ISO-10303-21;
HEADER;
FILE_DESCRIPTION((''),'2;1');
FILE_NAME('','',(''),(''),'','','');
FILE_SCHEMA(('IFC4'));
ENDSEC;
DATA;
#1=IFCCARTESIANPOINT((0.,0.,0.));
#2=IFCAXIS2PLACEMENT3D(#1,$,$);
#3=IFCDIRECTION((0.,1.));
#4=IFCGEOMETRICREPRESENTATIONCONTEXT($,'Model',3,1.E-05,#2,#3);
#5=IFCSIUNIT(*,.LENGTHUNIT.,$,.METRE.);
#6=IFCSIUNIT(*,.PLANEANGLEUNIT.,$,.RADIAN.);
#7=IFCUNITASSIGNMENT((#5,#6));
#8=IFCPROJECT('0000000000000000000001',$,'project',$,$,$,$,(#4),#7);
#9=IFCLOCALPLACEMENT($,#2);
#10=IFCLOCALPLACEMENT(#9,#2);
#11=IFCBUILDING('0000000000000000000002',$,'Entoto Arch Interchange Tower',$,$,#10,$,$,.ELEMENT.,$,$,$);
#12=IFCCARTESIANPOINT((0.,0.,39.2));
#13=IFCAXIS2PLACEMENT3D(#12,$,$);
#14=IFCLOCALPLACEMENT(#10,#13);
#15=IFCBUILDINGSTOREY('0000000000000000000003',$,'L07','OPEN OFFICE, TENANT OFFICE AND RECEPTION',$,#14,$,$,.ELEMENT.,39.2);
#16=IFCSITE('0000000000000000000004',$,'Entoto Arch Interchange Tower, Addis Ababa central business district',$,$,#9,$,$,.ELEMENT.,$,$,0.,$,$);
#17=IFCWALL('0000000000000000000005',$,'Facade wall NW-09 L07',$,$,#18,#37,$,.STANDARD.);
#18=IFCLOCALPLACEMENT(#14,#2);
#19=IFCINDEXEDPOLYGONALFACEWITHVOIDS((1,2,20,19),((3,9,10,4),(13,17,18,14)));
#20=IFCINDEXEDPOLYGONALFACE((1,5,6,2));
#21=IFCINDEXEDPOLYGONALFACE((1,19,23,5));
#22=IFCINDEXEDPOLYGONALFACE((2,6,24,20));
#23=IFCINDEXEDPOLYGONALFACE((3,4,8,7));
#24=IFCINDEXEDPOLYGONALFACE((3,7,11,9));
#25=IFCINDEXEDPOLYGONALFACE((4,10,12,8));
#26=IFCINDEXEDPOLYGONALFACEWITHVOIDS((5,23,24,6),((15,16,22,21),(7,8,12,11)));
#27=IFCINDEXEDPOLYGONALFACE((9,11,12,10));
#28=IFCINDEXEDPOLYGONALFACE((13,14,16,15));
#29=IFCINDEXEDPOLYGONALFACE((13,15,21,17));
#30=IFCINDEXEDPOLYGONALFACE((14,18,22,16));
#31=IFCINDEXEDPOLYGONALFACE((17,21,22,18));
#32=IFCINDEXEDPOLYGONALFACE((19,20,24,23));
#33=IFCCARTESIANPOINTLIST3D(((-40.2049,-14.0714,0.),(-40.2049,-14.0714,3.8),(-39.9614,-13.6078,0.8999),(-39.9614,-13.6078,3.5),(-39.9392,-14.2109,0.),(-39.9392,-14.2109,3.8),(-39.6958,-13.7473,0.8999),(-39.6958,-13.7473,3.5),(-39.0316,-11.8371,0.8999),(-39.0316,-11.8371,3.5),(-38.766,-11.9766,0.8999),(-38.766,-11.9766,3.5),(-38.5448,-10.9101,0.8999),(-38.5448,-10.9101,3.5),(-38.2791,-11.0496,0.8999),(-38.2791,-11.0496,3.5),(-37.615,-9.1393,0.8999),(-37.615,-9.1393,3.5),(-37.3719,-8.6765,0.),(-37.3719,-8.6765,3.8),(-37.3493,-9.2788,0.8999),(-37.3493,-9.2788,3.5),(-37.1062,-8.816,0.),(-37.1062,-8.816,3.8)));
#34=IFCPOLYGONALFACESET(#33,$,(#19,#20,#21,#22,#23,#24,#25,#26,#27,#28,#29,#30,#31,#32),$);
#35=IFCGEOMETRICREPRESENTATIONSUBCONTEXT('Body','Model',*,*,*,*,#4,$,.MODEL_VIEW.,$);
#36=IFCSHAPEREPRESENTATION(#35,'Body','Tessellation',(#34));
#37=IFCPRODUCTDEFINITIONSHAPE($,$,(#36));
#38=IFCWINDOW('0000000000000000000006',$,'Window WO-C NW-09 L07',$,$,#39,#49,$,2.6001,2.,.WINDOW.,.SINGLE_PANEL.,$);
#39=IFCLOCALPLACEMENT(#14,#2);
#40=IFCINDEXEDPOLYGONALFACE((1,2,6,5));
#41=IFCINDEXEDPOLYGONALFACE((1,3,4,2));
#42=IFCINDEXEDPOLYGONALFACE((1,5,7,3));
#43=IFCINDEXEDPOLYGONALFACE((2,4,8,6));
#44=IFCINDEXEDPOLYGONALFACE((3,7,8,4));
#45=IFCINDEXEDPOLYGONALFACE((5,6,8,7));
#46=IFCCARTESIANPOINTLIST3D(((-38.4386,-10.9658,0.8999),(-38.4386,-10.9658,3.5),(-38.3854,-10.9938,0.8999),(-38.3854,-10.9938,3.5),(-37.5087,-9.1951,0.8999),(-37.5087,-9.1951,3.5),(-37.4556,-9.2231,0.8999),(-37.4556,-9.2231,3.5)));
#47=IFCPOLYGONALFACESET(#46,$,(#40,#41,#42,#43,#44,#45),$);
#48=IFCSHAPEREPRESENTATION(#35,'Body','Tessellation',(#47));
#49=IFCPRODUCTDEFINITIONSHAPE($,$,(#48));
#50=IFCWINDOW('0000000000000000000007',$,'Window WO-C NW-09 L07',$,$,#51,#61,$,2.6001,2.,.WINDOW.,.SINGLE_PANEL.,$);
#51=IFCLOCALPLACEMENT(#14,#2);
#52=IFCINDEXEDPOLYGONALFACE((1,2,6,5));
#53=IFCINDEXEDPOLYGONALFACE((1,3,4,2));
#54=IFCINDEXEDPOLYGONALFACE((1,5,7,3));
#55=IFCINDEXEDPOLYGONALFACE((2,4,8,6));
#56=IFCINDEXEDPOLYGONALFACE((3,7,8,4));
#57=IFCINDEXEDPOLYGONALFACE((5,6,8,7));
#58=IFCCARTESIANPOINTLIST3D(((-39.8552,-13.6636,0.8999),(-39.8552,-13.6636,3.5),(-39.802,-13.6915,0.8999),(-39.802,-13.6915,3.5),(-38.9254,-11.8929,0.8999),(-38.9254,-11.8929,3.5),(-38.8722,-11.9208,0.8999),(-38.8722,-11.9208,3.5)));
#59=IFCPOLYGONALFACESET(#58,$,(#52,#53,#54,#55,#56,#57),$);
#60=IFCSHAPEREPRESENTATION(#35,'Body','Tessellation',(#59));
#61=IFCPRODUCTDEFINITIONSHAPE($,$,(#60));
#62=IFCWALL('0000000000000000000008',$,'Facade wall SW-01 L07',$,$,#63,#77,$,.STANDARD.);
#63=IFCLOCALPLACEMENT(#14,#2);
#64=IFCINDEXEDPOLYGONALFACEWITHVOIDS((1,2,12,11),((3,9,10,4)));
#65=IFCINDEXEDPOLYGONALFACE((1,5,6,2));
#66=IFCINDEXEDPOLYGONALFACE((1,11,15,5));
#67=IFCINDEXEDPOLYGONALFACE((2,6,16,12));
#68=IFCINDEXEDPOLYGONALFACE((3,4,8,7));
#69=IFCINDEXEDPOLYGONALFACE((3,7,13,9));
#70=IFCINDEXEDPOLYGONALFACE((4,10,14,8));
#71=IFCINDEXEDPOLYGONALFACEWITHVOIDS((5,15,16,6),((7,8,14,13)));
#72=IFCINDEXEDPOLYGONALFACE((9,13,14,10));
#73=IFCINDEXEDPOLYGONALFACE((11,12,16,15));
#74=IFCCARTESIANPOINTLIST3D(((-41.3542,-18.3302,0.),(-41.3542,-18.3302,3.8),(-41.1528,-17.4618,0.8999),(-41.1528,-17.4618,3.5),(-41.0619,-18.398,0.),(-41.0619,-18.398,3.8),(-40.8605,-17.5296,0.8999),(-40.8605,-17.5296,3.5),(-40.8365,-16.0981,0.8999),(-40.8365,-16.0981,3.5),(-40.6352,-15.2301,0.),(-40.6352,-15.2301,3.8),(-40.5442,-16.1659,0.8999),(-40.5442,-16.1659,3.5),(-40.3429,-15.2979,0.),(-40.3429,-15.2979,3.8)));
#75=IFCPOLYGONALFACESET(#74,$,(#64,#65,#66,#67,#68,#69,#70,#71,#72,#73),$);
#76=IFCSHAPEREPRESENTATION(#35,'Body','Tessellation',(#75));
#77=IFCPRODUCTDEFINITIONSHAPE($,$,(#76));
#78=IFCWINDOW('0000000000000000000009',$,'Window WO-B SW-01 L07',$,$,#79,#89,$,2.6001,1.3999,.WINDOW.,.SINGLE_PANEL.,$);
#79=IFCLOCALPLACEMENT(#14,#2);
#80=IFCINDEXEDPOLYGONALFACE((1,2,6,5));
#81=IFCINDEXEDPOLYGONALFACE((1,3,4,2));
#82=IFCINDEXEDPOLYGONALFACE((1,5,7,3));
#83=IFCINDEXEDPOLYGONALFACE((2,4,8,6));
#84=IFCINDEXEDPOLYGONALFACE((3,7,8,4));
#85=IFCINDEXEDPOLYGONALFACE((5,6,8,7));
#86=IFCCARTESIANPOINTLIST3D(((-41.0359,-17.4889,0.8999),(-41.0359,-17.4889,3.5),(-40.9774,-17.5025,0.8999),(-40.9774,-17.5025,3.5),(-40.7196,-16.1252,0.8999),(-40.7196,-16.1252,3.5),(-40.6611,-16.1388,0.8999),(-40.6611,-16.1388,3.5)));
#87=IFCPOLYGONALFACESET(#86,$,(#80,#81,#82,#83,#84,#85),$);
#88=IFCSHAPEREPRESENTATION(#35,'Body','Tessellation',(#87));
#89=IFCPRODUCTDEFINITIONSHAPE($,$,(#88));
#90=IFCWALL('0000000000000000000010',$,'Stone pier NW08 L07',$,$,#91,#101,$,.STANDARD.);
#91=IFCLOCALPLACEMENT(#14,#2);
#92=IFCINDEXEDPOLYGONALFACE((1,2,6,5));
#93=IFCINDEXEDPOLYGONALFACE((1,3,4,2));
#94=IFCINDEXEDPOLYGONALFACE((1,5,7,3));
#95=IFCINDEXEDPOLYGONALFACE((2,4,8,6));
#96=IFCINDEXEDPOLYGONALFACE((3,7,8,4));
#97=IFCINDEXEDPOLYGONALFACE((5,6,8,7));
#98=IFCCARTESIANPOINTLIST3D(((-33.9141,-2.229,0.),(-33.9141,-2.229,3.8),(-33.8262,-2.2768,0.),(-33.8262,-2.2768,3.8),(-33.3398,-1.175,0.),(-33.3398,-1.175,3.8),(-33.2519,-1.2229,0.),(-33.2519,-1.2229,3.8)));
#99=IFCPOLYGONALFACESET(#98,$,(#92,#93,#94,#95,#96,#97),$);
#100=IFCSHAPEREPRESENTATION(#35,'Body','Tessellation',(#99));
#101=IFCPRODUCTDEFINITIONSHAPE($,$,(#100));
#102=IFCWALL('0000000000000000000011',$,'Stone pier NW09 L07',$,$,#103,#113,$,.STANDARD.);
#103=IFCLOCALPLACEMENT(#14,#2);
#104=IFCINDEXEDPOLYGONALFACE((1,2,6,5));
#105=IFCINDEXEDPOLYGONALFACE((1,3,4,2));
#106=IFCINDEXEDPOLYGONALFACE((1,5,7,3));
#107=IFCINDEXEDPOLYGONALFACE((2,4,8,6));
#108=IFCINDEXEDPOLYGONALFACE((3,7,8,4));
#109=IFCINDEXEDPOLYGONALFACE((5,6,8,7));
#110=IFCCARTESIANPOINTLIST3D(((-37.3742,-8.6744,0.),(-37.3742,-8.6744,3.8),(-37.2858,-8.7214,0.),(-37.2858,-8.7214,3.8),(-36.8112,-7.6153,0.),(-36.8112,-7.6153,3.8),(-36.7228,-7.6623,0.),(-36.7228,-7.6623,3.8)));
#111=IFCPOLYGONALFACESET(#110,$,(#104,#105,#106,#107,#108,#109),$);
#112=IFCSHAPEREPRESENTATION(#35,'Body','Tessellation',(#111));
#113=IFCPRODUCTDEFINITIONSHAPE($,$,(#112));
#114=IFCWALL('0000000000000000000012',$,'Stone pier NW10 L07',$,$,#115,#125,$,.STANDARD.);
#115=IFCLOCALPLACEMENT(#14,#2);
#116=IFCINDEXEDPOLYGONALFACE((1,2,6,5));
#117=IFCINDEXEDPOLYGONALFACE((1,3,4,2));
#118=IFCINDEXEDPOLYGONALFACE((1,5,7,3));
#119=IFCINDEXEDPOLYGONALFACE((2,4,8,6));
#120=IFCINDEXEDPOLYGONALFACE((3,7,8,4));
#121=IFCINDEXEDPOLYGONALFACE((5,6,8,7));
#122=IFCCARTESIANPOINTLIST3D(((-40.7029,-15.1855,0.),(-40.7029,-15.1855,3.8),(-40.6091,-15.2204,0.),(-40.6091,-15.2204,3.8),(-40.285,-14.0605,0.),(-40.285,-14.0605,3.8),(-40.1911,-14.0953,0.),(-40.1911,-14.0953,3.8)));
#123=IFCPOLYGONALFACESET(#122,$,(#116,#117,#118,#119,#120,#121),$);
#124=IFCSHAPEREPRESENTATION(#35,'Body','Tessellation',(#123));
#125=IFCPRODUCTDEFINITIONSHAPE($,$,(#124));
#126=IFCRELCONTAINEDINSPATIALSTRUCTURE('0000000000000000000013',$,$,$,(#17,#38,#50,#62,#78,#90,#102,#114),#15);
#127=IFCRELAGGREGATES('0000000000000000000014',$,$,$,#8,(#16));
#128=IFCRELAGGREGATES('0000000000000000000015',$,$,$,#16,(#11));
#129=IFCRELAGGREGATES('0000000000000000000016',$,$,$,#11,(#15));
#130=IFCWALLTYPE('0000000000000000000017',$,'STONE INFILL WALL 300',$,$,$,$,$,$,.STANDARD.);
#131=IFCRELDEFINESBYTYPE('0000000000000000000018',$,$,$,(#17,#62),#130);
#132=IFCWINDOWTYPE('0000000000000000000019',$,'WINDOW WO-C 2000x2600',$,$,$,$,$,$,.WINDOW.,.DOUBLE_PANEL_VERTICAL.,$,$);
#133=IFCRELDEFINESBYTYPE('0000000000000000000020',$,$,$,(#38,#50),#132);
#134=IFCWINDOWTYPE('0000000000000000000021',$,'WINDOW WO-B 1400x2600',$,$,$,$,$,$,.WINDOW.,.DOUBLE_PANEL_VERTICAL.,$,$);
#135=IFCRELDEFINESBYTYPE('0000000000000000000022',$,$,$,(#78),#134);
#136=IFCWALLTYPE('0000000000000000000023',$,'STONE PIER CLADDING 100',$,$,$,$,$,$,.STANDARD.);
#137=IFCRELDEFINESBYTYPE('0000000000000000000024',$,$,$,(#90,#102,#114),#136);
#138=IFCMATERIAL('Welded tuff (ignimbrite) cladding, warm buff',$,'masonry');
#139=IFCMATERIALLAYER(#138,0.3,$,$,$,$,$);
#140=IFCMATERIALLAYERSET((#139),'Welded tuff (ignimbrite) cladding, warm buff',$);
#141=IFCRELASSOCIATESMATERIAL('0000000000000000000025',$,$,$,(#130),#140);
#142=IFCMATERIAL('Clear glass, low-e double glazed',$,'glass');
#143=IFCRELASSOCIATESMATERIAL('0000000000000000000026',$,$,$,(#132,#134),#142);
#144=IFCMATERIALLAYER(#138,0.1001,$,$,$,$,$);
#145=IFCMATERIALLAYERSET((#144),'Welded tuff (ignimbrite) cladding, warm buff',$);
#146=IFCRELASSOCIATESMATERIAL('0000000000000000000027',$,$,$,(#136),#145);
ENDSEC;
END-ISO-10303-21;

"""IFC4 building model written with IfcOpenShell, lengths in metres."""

from ifc_helpers import new_model, si_unit, direction, frame, frame_2d, origin, place, context, subcontext, project, spatial, rectangle, extrude, material, layer, layer_set, type_object, element, fill, save


model = new_model("IFC4")

# Units and contexts
model_context = context("Model", 3, precision=1e-05, world=origin(), true_north=direction((0.0, 1.0)))
body_context = subcontext(model_context, "Body", "Model", "MODEL_VIEW")
ifc_project = project(units=[si_unit("LENGTHUNIT", "METRE"), si_unit("PLANEANGLEUNIT", "RADIAN")], contexts=[model_context])

# Site, building, storey
site_placement = place(None, origin())
site = spatial("IfcSite", under=ifc_project, at=site_placement, Name="Entoto Arch Interchange Tower, Addis Ababa central business district", CompositionType="ELEMENT", RefElevation=0.0)
building_placement = place(site_placement, origin())
building = spatial("IfcBuilding", under=site, at=building_placement, Name="Entoto Arch Interchange Tower", CompositionType="ELEMENT")
storey_placement = place(building_placement, frame((0.0, 0.0, 39.2)))
storey = spatial("IfcBuildingStorey", under=building, at=storey_placement, Name="L07", Description="OPEN OFFICE, TENANT OFFICE AND RECEPTION", CompositionType="ELEMENT", Elevation=39.2)

# Wall, openings, windows
ifc_material_1 = material(Name="Welded tuff (ignimbrite) cladding, warm buff", Category="masonry")
ifc_layer_1 = layer(ifc_material_1, 0.3)
ifc_layer_set_1 = layer_set([ifc_layer_1], Name="Welded tuff (ignimbrite) cladding, warm buff")
wall_type_1 = type_object("IfcWallType", Name="STONE INFILL WALL 300", PredefinedType="STANDARD", material=ifc_layer_set_1)
ifc_material_2 = material(Name="Clear glass, low-e double glazed", Category="glass")
window_type_1 = type_object("IfcWindowType", Name="WINDOW WO-C 2000x2600", PartitioningType="DOUBLE_PANEL_VERTICAL", PredefinedType="WINDOW", material=ifc_material_2)
wall_1_placement = place(storey_placement, frame((-37.239, -8.7461, 0.0), z_axis=(0.0, 0.0, 1.0), x_axis=(-0.464914, -0.885356, 0.0)))
wall_1 = element("IfcWall", 1, at=wall_1_placement, inside=storey, type_object=wall_type_1, Name="Facade wall NW-09 L07", PredefinedType="STANDARD", context=body_context, shape_type="SweptSolid", body=[
    extrude(rectangle(XDim=6.0935, YDim=0.3, at=frame_2d((3.0469, 0.0))), origin(), (0.0, 0.0, 1.0), 3.8),
])
opening_1_placement = place(wall_1_placement, frame((0.5229, 0.0, 0.8999)))
opening_1 = element("IfcOpeningElement", 2, at=opening_1_placement, cuts=wall_1, PredefinedType="OPENING", context=body_context, shape_type="SweptSolid", body=[
    extrude(rectangle(XDim=2.0, YDim=2.6001, at=frame_2d((1.0, 1.3))), frame((0.0, 0.1602, 0.0), z_axis=(0.0, -1.0, 0.0), x_axis=(1.0, 0.0, 0.0)), (0.0, 0.0, 1.0), 0.3201),
])
opening_2_placement = place(wall_1_placement, frame((3.5701, 0.0, 0.8999)))
opening_2 = element("IfcOpeningElement", 3, at=opening_2_placement, cuts=wall_1, PredefinedType="OPENING", context=body_context, shape_type="SweptSolid", body=[
    extrude(rectangle(XDim=2.0, YDim=2.6001, at=frame_2d((1.0, 1.3))), frame((0.0, 0.1602, 0.0), z_axis=(0.0, -1.0, 0.0), x_axis=(1.0, 0.0, 0.0)), (0.0, 0.0, 1.0), 0.3201),
])
window_1_placement = place(opening_1_placement, origin())
window_1 = element("IfcWindow", 4, at=window_1_placement, inside=storey, type_object=window_type_1, Name="Window WO-C NW-09 L07", OverallHeight=2.6001, OverallWidth=2.0, PartitioningType="SINGLE_PANEL", PredefinedType="WINDOW", context=body_context, shape_type="SweptSolid", body=[
    extrude(rectangle(XDim=2.0, YDim=2.6001, at=frame_2d((1.0, 1.3))), frame((0.0, 0.03, 0.0), z_axis=(0.0, -1.0, 0.0), x_axis=(1.0, 0.0, 0.0)), (0.0, 0.0, 1.0), 0.0601),
])
fill(opening_1, window_1)
window_2_placement = place(opening_2_placement, origin())
window_2 = element("IfcWindow", 5, at=window_2_placement, inside=storey, type_object=window_type_1, Name="Window WO-C NW-09 L07", OverallHeight=2.6001, OverallWidth=2.0, PartitioningType="SINGLE_PANEL", PredefinedType="WINDOW", context=body_context, shape_type="SweptSolid", body=[
    extrude(rectangle(XDim=2.0, YDim=2.6001, at=frame_2d((1.0, 1.3))), frame((0.0, 0.03, 0.0), z_axis=(0.0, -1.0, 0.0), x_axis=(1.0, 0.0, 0.0)), (0.0, 0.0, 1.0), 0.0601),
])
fill(opening_2, window_2)

# Wall, opening, window
wall_2_placement = place(storey_placement, frame((-40.489, -15.2639, 0.0), z_axis=(0.0, 0.0, 1.0), x_axis=(-0.22593, -0.974144, 0.0)))
wall_2 = element("IfcWall", 6, at=wall_2_placement, inside=storey, type_object=wall_type_1, Name="Facade wall SW-01 L07", PredefinedType="STANDARD", context=body_context, shape_type="SweptSolid", body=[
    extrude(rectangle(XDim=3.1824, YDim=0.3, at=frame_2d((1.5913, 0.0))), origin(), (0.0, 0.0, 1.0), 3.8),
])
opening_3_placement = place(wall_2_placement, frame((0.8911, 0.0, 0.8999)))
opening_3 = element("IfcOpeningElement", 7, at=opening_3_placement, cuts=wall_2, PredefinedType="OPENING", context=body_context, shape_type="SweptSolid", body=[
    extrude(rectangle(XDim=1.3999, YDim=2.6001, at=frame_2d((0.7, 1.3))), frame((0.0, 0.1602, 0.0), z_axis=(0.0, -1.0, 0.0), x_axis=(1.0, 0.0, 0.0)), (0.0, 0.0, 1.0), 0.3201),
])
window_type_2 = type_object("IfcWindowType", Name="WINDOW WO-B 1400x2600", PartitioningType="DOUBLE_PANEL_VERTICAL", PredefinedType="WINDOW", material=ifc_material_2)
window_3_placement = place(opening_3_placement, origin())
window_3 = element("IfcWindow", 8, at=window_3_placement, inside=storey, type_object=window_type_2, Name="Window WO-B SW-01 L07", OverallHeight=2.6001, OverallWidth=1.3999, PartitioningType="SINGLE_PANEL", PredefinedType="WINDOW", context=body_context, shape_type="SweptSolid", body=[
    extrude(rectangle(XDim=1.3999, YDim=2.6001, at=frame_2d((0.7, 1.3))), frame((0.0, 0.03, 0.0), z_axis=(0.0, -1.0, 0.0), x_axis=(1.0, 0.0, 0.0)), (0.0, 0.0, 1.0), 0.0601),
])
fill(opening_3, window_3)

# Walls
ifc_layer_2 = layer(ifc_material_1, 0.1001)
ifc_layer_set_2 = layer_set([ifc_layer_2], Name="Welded tuff (ignimbrite) cladding, warm buff")
wall_type_2 = type_object("IfcWallType", Name="STONE PIER CLADDING 100", PredefinedType="STANDARD", material=ifc_layer_set_2)
wall_3_placement = place(storey_placement, frame((-33.2959, -1.199, 0.0), z_axis=(0.0, 0.0, 1.0), x_axis=(-0.478425, -0.878129, 0.0)))
element("IfcWall", 9, at=wall_3_placement, inside=storey, type_object=wall_type_2, Name="Stone pier NW08 L07", PredefinedType="STANDARD", context=body_context, shape_type="SweptSolid", body=[
    extrude(rectangle(XDim=1.2002, YDim=0.1001, at=frame_2d((0.6001, 0.0))), origin(), (0.0, 0.0, 1.0), 3.8),
])
wall_4_placement = place(storey_placement, frame((-36.7671, -7.6389, 0.0), z_axis=(0.0, 0.0, 1.0), x_axis=(-0.469383, -0.882994, 0.0)))
element("IfcWall", 10, at=wall_4_placement, inside=storey, type_object=wall_type_2, Name="Stone pier NW09 L07", PredefinedType="STANDARD", context=body_context, shape_type="SweptSolid", body=[
    extrude(rectangle(XDim=1.1995, YDim=0.1001, at=frame_2d((0.5996, 0.0))), origin(), (0.0, 0.0, 1.0), 3.8),
])
wall_5_placement = place(storey_placement, frame((-40.238, -14.0779, 0.0), z_axis=(0.0, 0.0, 1.0), x_axis=(-0.348268, -0.937395, 0.0)))
element("IfcWall", 11, at=wall_5_placement, inside=storey, type_object=wall_type_2, Name="Stone pier NW10 L07", PredefinedType="STANDARD", context=body_context, shape_type="SweptSolid", body=[
    extrude(rectangle(XDim=1.2002, YDim=0.1001, at=frame_2d((0.6001, 0.0))), origin(), (0.0, 0.0, 1.0), 3.8),
])

save(model, "model.ifc")
